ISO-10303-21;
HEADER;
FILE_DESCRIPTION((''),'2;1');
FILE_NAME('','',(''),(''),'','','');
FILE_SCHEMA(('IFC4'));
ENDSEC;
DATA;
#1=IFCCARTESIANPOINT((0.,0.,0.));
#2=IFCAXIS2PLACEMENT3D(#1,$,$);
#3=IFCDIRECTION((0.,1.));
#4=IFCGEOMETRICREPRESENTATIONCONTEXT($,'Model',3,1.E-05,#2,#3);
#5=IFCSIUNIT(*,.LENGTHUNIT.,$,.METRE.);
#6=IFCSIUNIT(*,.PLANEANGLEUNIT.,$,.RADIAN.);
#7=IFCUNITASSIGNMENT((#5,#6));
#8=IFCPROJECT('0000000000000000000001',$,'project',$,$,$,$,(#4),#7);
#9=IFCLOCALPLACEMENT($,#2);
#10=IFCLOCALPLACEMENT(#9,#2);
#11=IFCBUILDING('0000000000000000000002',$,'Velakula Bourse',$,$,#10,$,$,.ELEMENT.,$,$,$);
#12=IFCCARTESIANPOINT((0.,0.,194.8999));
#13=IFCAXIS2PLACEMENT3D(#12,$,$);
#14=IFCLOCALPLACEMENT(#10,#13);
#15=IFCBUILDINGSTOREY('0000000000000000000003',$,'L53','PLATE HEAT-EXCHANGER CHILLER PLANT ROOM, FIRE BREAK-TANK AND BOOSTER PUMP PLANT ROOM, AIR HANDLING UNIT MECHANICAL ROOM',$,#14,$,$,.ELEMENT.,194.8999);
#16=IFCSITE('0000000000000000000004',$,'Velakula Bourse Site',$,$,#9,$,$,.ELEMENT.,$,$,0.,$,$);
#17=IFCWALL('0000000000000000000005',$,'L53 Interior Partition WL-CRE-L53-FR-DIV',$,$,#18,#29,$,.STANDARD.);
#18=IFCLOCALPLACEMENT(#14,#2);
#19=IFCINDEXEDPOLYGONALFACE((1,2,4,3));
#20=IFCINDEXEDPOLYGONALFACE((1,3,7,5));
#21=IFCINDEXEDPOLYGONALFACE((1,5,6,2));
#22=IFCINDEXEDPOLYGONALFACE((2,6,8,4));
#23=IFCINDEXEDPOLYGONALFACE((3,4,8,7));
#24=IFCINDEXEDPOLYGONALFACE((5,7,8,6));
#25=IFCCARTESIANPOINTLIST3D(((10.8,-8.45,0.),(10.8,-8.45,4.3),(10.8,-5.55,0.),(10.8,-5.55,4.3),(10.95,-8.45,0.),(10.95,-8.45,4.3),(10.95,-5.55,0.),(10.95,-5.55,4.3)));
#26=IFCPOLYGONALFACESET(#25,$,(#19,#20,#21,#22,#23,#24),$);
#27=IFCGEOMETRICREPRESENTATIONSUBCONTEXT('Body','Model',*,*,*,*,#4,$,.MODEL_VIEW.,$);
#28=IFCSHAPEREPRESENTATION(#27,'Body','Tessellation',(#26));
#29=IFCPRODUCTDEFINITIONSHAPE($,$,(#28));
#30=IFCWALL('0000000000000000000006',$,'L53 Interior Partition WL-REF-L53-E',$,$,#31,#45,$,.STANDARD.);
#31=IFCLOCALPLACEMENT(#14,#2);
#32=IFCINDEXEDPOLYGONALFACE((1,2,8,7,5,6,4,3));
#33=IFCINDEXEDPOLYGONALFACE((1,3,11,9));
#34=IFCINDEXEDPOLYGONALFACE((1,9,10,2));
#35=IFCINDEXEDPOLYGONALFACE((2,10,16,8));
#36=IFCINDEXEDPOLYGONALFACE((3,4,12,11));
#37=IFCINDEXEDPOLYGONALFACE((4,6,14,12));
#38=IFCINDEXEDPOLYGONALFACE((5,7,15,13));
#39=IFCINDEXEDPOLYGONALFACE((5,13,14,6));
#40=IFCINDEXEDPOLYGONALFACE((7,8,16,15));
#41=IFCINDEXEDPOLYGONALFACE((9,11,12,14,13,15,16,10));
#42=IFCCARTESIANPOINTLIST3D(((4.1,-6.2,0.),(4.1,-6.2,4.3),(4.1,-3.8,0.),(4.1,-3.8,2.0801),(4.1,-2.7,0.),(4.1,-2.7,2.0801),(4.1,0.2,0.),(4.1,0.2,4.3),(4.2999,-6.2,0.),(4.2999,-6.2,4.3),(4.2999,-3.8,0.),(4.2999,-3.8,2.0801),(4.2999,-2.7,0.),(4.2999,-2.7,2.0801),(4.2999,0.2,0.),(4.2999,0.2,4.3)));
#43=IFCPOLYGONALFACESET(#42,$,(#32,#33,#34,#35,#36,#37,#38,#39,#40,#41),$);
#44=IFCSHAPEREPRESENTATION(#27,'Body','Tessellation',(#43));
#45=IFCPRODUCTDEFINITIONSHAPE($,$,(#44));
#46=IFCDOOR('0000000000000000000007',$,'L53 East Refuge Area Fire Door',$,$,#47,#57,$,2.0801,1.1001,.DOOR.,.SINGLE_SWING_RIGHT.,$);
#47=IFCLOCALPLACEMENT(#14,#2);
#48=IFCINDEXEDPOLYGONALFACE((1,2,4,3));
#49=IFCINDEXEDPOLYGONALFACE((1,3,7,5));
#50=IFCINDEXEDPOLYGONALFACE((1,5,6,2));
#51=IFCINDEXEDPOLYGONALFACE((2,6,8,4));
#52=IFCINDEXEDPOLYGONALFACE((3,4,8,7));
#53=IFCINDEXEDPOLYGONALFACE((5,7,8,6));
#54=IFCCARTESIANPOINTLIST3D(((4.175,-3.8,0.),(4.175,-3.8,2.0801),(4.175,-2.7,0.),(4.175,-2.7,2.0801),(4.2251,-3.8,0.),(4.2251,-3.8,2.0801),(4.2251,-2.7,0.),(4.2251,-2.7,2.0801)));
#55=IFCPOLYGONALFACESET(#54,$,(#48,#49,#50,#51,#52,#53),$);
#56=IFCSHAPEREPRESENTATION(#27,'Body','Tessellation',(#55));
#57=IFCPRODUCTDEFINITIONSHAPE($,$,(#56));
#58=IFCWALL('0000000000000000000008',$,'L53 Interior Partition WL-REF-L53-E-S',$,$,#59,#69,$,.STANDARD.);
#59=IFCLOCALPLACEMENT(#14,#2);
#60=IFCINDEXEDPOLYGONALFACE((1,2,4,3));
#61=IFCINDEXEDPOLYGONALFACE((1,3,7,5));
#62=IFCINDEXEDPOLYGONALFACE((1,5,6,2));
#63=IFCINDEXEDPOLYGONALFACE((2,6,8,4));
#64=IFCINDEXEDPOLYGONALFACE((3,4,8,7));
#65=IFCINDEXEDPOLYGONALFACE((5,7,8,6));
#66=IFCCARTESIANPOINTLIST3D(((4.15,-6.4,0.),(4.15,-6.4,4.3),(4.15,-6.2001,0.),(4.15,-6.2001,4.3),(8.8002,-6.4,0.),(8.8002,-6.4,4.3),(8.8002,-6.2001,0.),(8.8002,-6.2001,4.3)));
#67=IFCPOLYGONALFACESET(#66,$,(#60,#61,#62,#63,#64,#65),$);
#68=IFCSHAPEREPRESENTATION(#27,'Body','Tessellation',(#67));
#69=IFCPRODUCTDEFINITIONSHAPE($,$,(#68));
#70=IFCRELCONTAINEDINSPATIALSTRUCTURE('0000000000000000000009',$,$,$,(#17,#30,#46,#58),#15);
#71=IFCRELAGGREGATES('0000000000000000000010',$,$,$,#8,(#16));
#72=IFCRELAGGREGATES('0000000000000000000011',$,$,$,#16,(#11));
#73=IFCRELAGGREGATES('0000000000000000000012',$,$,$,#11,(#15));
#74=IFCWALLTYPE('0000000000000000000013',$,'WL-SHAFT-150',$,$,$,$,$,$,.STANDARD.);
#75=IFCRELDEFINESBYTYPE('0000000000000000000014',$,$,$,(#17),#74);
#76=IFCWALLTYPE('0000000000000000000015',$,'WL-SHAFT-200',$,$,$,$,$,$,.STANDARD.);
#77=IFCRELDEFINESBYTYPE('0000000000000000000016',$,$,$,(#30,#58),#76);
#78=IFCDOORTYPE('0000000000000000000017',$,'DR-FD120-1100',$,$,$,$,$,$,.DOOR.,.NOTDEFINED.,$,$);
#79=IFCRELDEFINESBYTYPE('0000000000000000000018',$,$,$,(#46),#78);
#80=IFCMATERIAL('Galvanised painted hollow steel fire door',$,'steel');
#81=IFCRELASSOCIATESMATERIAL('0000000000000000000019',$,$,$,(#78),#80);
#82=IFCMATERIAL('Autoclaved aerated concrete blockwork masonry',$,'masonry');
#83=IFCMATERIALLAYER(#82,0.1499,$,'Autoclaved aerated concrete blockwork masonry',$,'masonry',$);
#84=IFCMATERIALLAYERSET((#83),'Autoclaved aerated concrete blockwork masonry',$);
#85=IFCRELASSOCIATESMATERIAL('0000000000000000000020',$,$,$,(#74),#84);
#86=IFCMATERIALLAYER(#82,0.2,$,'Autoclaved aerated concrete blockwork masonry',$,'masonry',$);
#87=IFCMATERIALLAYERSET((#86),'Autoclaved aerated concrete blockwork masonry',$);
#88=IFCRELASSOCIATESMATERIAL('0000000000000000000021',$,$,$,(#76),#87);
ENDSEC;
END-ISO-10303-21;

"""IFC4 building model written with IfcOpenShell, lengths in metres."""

from ifc_helpers import new_model, si_unit, direction, frame, frame_2d, origin, place, context, subcontext, project, spatial, rectangle, extrude, material, layer, layer_set, type_object, element, fill, save


model = new_model("IFC4")

# Units and contexts
model_context = context("Model", 3, precision=1e-05, world=origin(), true_north=direction((0.0, 1.0)))
body_context = subcontext(model_context, "Body", "Model", "MODEL_VIEW")
ifc_project = project(units=[si_unit("LENGTHUNIT", "METRE"), si_unit("PLANEANGLEUNIT", "RADIAN")], contexts=[model_context])

# Site, building, storey
site_placement = place(None, origin())
site = spatial("IfcSite", under=ifc_project, at=site_placement, Name="Velakula Bourse Site", CompositionType="ELEMENT", RefElevation=0.0)
building_placement = place(site_placement, origin())
building = spatial("IfcBuilding", under=site, at=building_placement, Name="Velakula Bourse", CompositionType="ELEMENT")
storey_placement = place(building_placement, frame((0.0, 0.0, 194.8999)))
storey = spatial("IfcBuildingStorey", under=building, at=storey_placement, Name="L53", Description="PLATE HEAT-EXCHANGER CHILLER PLANT ROOM, FIRE BREAK-TANK AND BOOSTER PUMP PLANT ROOM, AIR HANDLING UNIT MECHANICAL ROOM", CompositionType="ELEMENT", Elevation=194.8999)

# Shared definitions
ifc_material_1 = material(Name="Galvanised painted hollow steel fire door", Category="steel")
door_type_1 = type_object("IfcDoorType", Name="DR-FD120-1100", OperationType="NOTDEFINED", PredefinedType="DOOR", material=ifc_material_1)

# Shared definitions
ifc_material_2 = material(Name="Autoclaved aerated concrete blockwork masonry", Category="masonry")
ifc_layer_1 = layer(ifc_material_2, 0.1499, Name="Autoclaved aerated concrete blockwork masonry", Category="masonry")
ifc_layer_set_1 = layer_set([ifc_layer_1], Name="Autoclaved aerated concrete blockwork masonry")
wall_type_1 = type_object("IfcWallType", Name="WL-SHAFT-150", PredefinedType="STANDARD", material=ifc_layer_set_1)

# Wall
wall_1_placement = place(storey_placement, frame((10.875, -8.45, 0.0), z_axis=(0.0, 0.0, 1.0), x_axis=(0.0, 1.0, 0.0)))
element("IfcWall", 1, at=wall_1_placement, inside=storey, type_object=wall_type_1, Name="L53 Interior Partition WL-CRE-L53-FR-DIV", PredefinedType="STANDARD", context=body_context, shape_type="SweptSolid", body=[
    extrude(rectangle(XDim=2.8999, YDim=0.1499, at=frame_2d((1.45, 0.0))), origin(), (0.0, 0.0, 1.0), 4.3),
])

# Wall, opening, door
ifc_layer_2 = layer(ifc_material_2, 0.2, Name="Autoclaved aerated concrete blockwork masonry", Category="masonry")
ifc_layer_set_2 = layer_set([ifc_layer_2], Name="Autoclaved aerated concrete blockwork masonry")
wall_type_2 = type_object("IfcWallType", Name="WL-SHAFT-200", PredefinedType="STANDARD", material=ifc_layer_set_2)
wall_2_placement = place(storey_placement, frame((4.2, -6.2, 0.0), z_axis=(0.0, 0.0, 1.0), x_axis=(0.0, 1.0, 0.0)))
wall_2 = element("IfcWall", 2, at=wall_2_placement, inside=storey, type_object=wall_type_2, Name="L53 Interior Partition WL-REF-L53-E", PredefinedType="STANDARD", context=body_context, shape_type="SweptSolid", body=[
    extrude(rectangle(XDim=6.3999, YDim=0.2, at=frame_2d((3.2, 0.0))), origin(), (0.0, 0.0, 1.0), 4.3),
])
opening_1_placement = place(wall_2_placement, frame((2.3999, 0.0, 0.0)))
opening_1 = element("IfcOpeningElement", 3, at=opening_1_placement, cuts=wall_2, PredefinedType="OPENING", context=body_context, shape_type="SweptSolid", body=[
    extrude(rectangle(XDim=1.1001, YDim=2.0801, at=frame_2d((0.55, 1.04))), frame((0.0, 0.1099, 0.0), z_axis=(0.0, -1.0, 0.0), x_axis=(1.0, 0.0, 0.0)), (0.0, 0.0, 1.0), 0.22),
])
door_1_placement = place(opening_1_placement, origin())
door_1 = element("IfcDoor", 4, at=door_1_placement, inside=storey, type_object=door_type_1, Name="L53 East Refuge Area Fire Door", OperationType="SINGLE_SWING_RIGHT", OverallHeight=2.0801, OverallWidth=1.1001, PredefinedType="DOOR", context=body_context, shape_type="SweptSolid", body=[
    extrude(rectangle(XDim=1.1001, YDim=2.0801, at=frame_2d((0.55, 1.04))), frame((0.0, 0.0249, 0.0), z_axis=(0.0, -1.0, 0.0), x_axis=(1.0, 0.0, 0.0)), (0.0, 0.0, 1.0), 0.05),
])
fill(opening_1, door_1)

# Wall
wall_3_placement = place(storey_placement, frame((4.1499, -6.3, 0.0), z_axis=(0.0, 0.0, 1.0), x_axis=(1.0, 0.0, 0.0)))
element("IfcWall", 5, at=wall_3_placement, inside=storey, type_object=wall_type_2, Name="L53 Interior Partition WL-REF-L53-E-S", PredefinedType="STANDARD", context=body_context, shape_type="SweptSolid", body=[
    extrude(rectangle(XDim=4.6501, YDim=0.2, at=frame_2d((2.3252, 0.0))), origin(), (0.0, 0.0, 1.0), 4.3),
])

save(model, "model.ifc")
